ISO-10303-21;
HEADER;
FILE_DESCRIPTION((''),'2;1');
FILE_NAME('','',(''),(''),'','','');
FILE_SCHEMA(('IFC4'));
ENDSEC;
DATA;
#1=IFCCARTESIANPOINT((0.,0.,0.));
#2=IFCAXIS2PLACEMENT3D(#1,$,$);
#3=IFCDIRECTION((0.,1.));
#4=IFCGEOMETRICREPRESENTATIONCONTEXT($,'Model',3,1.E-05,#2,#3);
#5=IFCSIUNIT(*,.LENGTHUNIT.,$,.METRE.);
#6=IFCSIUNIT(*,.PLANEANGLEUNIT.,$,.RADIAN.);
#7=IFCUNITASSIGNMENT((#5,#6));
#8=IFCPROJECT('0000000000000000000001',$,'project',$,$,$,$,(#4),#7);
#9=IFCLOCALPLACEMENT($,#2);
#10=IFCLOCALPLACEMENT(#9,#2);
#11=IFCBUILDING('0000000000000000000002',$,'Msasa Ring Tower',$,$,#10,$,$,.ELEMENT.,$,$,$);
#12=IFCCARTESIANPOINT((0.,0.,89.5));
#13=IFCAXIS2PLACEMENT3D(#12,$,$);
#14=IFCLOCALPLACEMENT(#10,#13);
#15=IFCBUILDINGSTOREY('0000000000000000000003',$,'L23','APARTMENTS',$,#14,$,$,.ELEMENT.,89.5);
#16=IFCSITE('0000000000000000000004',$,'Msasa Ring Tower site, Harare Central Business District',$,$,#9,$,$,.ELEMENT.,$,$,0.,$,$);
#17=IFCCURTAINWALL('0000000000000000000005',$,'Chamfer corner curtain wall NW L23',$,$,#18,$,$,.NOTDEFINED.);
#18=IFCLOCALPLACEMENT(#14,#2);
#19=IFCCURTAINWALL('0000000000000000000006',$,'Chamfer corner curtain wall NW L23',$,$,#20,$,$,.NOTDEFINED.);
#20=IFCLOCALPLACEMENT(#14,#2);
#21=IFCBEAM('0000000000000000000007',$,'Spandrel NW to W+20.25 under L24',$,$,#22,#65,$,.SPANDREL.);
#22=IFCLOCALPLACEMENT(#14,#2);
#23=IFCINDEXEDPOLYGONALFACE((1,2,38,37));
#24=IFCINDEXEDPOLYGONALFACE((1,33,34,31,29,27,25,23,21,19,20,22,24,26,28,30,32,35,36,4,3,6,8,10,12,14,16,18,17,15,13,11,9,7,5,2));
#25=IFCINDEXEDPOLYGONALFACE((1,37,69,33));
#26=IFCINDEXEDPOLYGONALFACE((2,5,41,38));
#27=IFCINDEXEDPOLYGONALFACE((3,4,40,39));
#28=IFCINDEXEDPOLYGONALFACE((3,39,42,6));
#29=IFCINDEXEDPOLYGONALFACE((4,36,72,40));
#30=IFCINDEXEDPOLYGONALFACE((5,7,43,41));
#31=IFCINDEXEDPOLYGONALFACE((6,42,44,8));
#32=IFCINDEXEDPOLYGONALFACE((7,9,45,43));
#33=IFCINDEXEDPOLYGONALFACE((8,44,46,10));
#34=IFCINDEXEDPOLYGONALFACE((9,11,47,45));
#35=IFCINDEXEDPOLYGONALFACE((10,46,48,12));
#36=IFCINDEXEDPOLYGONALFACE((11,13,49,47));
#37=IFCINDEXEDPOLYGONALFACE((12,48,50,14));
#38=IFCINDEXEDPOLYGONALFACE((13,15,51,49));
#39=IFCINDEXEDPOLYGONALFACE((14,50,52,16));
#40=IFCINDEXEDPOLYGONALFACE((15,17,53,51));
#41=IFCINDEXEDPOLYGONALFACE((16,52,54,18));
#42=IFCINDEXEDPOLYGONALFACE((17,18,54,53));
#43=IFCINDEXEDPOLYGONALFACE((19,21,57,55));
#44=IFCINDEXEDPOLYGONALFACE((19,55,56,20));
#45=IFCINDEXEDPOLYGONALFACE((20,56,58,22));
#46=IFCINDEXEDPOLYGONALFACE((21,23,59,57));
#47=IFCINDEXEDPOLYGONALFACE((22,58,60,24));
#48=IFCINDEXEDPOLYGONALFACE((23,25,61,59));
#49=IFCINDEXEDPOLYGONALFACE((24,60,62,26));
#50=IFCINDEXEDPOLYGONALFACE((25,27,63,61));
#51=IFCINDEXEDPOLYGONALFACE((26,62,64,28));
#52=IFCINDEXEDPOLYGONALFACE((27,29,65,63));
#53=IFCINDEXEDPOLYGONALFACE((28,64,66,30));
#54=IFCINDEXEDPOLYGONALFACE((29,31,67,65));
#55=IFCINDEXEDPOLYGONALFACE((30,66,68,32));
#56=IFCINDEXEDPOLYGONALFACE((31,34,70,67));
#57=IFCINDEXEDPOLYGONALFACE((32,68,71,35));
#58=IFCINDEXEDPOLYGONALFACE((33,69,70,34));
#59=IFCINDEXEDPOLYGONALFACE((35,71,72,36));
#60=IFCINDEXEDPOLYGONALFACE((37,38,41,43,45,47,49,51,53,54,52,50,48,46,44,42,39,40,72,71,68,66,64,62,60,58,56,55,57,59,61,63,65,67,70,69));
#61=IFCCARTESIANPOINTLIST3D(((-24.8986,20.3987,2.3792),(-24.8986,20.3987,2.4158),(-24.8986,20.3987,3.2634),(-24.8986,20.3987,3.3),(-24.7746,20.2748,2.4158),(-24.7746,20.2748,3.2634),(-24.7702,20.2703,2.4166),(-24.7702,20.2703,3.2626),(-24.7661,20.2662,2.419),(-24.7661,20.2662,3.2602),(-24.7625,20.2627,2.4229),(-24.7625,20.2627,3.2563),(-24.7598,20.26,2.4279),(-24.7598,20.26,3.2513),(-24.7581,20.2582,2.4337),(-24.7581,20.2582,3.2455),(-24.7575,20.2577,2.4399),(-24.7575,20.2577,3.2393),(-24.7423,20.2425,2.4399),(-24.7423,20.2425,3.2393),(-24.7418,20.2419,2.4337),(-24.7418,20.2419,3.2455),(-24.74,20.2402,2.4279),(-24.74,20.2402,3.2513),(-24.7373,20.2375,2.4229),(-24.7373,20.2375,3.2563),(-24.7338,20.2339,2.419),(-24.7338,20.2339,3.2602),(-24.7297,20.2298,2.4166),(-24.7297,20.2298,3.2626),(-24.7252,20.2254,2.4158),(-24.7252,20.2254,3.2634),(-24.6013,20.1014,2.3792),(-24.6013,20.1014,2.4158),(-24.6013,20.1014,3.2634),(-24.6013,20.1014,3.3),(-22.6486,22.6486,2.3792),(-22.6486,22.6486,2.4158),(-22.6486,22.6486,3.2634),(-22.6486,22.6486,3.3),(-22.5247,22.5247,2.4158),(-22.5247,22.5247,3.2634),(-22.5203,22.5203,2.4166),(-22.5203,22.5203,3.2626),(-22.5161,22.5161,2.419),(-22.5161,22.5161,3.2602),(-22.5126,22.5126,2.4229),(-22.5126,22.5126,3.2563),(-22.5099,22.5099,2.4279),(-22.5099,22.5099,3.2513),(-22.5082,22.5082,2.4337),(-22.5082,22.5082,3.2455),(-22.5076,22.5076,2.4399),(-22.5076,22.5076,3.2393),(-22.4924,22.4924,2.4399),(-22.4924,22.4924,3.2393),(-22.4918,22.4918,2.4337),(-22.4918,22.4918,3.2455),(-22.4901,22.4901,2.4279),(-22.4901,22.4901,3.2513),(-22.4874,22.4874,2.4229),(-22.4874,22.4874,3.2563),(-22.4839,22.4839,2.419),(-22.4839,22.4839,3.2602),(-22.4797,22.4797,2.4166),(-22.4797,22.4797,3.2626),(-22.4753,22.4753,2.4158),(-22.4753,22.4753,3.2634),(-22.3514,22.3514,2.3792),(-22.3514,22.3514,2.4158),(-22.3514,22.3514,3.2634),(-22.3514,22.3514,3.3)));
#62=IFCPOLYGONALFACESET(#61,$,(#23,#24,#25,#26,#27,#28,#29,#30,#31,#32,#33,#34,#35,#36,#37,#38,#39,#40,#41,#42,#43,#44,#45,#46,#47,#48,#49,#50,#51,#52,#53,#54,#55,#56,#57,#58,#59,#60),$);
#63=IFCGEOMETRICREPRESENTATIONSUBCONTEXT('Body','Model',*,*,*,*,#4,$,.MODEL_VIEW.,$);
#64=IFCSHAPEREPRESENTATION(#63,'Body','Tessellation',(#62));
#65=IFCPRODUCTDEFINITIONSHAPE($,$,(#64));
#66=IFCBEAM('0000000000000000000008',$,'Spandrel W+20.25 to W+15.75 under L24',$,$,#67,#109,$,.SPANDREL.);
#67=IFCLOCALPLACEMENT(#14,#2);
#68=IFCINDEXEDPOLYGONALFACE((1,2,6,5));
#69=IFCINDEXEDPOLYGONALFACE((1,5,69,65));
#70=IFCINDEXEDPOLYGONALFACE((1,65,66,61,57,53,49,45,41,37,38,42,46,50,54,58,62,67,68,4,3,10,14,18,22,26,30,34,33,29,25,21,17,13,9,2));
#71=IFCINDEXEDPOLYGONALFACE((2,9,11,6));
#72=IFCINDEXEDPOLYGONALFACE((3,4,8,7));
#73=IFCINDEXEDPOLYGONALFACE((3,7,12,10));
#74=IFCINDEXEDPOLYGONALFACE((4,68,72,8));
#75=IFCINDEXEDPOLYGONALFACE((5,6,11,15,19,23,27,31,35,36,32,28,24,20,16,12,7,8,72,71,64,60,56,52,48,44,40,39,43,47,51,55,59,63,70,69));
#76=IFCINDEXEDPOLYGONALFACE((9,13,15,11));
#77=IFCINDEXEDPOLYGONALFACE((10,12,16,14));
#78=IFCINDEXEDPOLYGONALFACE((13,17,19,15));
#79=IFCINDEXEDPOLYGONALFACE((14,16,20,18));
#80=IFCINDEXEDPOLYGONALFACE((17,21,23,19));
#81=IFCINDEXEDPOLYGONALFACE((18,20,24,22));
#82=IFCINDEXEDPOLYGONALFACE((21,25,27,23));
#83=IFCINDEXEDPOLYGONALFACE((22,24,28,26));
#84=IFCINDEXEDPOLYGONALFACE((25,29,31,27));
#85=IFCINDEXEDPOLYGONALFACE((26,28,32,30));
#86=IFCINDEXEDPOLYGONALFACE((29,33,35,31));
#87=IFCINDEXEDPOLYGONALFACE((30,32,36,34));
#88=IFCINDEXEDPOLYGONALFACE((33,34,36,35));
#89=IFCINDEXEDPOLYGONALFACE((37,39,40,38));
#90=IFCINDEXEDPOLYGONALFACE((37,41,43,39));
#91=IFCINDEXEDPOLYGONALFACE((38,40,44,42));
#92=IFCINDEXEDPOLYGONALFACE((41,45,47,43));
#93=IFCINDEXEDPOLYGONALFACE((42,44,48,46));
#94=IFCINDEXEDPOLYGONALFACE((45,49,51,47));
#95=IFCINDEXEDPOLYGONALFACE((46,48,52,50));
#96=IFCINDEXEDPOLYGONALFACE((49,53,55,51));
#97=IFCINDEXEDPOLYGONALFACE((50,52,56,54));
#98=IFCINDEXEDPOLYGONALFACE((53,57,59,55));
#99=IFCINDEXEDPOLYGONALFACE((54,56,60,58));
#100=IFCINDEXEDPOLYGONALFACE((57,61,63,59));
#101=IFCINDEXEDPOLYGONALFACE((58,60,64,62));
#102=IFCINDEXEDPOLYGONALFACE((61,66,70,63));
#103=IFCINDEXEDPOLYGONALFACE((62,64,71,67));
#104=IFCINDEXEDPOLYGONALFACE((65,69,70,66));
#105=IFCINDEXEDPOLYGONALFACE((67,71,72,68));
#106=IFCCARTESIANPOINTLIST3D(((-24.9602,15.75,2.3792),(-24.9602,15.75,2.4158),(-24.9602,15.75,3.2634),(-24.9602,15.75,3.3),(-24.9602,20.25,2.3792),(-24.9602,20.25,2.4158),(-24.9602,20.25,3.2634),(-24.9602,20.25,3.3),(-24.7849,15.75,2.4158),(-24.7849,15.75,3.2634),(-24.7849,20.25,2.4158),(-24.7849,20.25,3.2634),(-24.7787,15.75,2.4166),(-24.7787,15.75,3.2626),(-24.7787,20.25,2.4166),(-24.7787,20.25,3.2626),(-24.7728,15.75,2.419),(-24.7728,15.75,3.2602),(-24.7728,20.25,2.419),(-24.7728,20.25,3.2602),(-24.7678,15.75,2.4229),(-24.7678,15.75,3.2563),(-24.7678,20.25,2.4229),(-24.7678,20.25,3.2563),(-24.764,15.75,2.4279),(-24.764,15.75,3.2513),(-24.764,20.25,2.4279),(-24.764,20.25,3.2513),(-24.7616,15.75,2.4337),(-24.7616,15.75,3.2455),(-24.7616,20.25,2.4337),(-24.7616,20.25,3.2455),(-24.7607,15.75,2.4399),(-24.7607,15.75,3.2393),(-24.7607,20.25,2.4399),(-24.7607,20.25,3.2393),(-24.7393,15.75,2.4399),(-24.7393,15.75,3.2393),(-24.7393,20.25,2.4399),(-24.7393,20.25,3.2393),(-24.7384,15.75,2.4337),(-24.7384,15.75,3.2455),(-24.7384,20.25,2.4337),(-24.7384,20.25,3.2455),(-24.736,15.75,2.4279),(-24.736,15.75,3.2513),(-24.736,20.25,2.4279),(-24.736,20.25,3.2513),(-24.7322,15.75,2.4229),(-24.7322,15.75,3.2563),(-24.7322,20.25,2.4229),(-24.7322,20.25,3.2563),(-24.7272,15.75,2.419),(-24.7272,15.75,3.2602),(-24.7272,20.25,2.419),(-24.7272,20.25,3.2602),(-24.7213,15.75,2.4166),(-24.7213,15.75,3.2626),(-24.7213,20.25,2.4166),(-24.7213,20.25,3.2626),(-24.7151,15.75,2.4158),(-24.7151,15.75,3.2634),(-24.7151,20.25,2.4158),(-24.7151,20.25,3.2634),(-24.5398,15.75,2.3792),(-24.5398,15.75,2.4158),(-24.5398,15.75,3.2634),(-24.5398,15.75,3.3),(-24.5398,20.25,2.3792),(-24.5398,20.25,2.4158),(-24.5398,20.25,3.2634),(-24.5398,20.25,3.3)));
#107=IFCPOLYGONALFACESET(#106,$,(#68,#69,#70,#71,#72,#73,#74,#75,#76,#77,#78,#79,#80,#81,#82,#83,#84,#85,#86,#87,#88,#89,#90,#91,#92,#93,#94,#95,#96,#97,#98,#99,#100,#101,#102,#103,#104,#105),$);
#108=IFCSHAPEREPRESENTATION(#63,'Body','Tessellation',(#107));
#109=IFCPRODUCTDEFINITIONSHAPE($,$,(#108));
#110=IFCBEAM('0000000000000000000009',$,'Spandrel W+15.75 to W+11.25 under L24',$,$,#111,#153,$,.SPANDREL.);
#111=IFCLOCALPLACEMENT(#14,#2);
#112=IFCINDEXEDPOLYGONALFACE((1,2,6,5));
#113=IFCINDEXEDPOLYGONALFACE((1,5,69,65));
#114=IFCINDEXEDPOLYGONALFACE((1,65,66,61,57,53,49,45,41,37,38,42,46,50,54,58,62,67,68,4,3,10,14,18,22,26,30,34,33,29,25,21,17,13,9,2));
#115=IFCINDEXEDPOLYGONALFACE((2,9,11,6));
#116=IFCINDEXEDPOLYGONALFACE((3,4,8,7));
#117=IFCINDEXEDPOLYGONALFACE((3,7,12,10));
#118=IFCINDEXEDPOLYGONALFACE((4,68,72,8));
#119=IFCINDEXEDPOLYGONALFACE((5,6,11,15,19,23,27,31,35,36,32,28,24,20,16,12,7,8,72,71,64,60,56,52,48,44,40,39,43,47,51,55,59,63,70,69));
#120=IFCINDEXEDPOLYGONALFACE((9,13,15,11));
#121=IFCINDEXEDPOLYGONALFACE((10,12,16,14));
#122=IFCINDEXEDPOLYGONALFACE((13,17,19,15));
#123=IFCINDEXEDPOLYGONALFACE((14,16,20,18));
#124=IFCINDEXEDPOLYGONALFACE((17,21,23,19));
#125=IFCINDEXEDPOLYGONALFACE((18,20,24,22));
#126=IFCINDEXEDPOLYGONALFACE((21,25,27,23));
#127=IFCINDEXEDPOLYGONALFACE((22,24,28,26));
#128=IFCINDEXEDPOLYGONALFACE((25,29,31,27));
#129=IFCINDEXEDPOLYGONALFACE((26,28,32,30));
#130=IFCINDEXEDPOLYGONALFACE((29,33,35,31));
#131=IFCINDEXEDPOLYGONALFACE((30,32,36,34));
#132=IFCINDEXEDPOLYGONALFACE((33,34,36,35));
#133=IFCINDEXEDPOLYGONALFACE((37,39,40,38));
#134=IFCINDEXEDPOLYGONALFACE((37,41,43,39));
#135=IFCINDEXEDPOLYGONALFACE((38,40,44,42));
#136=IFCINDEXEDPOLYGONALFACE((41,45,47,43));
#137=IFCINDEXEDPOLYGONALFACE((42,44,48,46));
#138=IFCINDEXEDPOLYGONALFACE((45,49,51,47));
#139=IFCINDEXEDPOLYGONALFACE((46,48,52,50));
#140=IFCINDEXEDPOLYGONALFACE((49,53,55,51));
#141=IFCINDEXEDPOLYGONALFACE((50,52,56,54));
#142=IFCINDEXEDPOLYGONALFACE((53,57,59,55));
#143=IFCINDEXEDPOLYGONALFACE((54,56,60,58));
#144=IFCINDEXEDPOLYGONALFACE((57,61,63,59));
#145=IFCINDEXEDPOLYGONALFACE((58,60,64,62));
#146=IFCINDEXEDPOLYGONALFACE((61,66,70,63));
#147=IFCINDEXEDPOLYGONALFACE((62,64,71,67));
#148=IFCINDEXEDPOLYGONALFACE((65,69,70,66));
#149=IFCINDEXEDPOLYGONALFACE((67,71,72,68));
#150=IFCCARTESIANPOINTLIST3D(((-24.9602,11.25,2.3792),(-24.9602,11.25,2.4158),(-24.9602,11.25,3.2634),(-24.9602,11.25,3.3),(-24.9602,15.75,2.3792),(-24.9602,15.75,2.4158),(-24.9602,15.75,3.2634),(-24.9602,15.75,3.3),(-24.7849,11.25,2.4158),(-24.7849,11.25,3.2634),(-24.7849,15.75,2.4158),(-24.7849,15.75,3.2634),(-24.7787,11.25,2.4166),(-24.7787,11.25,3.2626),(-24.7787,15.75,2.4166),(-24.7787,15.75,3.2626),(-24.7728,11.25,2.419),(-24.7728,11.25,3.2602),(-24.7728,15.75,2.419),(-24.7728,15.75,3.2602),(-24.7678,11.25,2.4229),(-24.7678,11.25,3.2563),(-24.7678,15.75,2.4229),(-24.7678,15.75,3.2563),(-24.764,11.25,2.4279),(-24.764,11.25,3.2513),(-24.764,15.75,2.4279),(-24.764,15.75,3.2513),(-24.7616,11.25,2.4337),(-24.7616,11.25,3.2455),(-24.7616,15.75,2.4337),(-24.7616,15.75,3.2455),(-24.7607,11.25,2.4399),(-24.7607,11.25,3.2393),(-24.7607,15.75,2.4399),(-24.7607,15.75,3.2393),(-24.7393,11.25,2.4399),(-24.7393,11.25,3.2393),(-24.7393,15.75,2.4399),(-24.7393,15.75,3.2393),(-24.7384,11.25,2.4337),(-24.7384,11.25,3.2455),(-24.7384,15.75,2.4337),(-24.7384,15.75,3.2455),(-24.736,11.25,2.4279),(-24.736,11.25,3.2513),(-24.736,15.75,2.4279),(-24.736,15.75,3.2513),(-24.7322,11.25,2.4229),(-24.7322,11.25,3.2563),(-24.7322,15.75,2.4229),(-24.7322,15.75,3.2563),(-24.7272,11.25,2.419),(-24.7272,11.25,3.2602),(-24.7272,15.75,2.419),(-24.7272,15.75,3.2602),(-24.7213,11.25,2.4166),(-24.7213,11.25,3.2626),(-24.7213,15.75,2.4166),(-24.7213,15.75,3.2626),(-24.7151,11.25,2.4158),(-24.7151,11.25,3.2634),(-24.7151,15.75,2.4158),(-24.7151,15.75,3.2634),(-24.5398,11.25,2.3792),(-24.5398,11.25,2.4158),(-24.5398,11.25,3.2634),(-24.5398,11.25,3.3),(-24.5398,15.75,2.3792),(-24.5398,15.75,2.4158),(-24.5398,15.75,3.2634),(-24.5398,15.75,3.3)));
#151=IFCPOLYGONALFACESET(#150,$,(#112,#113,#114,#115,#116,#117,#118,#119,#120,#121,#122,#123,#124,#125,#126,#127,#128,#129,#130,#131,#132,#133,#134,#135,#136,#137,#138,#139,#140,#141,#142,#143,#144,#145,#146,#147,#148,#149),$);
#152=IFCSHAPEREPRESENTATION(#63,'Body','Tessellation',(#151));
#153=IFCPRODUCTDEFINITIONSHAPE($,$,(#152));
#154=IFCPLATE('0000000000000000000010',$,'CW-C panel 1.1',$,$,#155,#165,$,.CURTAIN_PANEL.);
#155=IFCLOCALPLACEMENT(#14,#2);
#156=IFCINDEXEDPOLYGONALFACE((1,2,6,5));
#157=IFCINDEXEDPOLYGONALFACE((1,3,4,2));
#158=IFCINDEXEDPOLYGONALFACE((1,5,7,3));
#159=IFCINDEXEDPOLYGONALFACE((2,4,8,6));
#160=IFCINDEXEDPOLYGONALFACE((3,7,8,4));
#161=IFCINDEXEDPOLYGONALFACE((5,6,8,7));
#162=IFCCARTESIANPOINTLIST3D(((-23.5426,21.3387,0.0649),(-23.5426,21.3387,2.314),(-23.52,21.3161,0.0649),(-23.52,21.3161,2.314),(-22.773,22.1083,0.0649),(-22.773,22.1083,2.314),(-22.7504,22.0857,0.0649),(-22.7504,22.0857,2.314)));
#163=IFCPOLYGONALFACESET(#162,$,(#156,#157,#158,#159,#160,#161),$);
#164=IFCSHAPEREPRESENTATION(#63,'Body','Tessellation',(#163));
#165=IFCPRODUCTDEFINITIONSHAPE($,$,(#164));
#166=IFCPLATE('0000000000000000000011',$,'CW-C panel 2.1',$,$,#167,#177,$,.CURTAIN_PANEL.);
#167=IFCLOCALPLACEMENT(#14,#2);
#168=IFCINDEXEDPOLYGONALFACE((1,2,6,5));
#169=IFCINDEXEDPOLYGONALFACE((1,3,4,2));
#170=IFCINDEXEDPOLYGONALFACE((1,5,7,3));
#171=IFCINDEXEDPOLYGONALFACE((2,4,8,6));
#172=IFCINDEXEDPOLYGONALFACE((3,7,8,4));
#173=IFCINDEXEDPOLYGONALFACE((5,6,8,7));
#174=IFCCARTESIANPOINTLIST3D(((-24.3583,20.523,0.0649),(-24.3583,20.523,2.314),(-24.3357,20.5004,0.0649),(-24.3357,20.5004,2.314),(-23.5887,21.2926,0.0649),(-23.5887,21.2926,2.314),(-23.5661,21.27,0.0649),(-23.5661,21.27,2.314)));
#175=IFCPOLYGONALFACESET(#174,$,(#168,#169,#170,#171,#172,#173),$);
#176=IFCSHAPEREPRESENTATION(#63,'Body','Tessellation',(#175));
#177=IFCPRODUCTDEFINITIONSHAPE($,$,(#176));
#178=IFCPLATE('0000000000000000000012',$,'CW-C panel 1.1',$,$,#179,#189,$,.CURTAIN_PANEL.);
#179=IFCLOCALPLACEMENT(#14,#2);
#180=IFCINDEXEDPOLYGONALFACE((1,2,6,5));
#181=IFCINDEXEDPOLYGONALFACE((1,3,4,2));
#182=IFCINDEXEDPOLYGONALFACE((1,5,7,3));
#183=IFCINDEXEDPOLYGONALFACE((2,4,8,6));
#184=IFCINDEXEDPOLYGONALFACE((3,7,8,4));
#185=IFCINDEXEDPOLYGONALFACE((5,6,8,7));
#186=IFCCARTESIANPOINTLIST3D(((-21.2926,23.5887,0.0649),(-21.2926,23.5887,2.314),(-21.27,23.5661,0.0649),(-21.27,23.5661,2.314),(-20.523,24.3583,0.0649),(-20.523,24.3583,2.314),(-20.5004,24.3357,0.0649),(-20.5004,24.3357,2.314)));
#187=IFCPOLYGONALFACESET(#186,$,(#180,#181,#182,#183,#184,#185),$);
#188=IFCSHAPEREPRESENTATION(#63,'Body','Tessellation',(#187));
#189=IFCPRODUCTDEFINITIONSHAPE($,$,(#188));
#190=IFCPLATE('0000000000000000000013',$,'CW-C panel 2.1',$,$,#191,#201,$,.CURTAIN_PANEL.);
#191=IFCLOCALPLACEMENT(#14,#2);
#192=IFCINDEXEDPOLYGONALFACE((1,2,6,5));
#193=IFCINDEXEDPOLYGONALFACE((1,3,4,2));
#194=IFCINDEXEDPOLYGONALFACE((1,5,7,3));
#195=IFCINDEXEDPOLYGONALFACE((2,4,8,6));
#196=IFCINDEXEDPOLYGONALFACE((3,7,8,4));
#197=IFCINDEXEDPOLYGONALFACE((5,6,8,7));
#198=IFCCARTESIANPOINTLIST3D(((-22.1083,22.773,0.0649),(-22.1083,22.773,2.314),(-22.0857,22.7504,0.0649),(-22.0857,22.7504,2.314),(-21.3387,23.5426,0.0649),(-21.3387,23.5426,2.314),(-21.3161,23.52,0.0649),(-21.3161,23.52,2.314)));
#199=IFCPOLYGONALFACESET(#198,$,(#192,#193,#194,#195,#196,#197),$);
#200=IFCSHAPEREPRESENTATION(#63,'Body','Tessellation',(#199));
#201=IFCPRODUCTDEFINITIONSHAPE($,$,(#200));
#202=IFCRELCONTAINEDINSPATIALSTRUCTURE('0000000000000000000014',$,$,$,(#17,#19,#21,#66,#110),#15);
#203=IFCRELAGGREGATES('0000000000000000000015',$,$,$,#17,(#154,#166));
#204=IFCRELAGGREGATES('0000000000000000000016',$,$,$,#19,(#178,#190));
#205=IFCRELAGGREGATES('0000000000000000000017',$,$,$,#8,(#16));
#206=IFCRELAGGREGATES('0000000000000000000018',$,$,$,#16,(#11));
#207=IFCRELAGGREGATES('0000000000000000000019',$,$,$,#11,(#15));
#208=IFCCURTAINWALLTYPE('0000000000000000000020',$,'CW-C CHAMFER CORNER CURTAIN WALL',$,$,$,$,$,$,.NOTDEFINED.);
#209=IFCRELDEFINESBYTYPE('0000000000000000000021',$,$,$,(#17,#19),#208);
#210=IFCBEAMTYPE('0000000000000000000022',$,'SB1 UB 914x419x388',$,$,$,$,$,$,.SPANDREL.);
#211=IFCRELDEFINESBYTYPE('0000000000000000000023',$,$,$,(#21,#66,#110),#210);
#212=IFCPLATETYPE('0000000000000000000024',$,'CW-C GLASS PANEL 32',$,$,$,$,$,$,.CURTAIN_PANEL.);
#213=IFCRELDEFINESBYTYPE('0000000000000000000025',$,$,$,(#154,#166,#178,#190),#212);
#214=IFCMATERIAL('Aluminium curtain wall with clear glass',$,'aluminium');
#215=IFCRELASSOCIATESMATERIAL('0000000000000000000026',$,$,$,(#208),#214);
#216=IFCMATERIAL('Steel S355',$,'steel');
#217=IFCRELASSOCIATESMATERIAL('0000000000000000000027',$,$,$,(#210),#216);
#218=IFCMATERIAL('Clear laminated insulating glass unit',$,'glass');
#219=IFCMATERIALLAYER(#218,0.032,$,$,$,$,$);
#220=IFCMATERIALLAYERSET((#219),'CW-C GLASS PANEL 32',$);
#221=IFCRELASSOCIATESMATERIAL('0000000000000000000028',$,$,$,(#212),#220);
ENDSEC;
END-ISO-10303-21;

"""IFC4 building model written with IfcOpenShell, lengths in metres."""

from ifc_helpers import new_model, si_unit, direction, frame, origin, origin_2d, place, context, subcontext, project, spatial, rectangle, i_section, extrude, material, layer, layer_set, material_profile, profile_set, type_object, element, aggregate, save


model = new_model("IFC4")

# Units and contexts
model_context = context("Model", 3, precision=1e-05, world=origin(), true_north=direction((0.0, 1.0)))
body_context = subcontext(model_context, "Body", "Model", "MODEL_VIEW")
ifc_project = project(units=[si_unit("LENGTHUNIT", "METRE"), si_unit("PLANEANGLEUNIT", "RADIAN")], contexts=[model_context])

# Site, building, storey
site_placement = place(None, origin())
site = spatial("IfcSite", under=ifc_project, at=site_placement, Name="Msasa Ring Tower site, Harare Central Business District", CompositionType="ELEMENT", RefElevation=0.0)
building_placement = place(site_placement, origin())
building = spatial("IfcBuilding", under=site, at=building_placement, Name="Msasa Ring Tower", CompositionType="ELEMENT")
storey_placement = place(building_placement, frame((0.0, 0.0, 89.5)))
storey = spatial("IfcBuildingStorey", under=building, at=storey_placement, Name="L23", Description="APARTMENTS", CompositionType="ELEMENT", Elevation=89.5)

# Curtain walls
ifc_material_1 = material(Name="Aluminium curtain wall with clear glass", Category="aluminium")
curtain_wall_type = type_object("IfcCurtainWallType", Name="CW-C CHAMFER CORNER CURTAIN WALL", PredefinedType="NOTDEFINED", material=ifc_material_1)
curtain_wall_1_placement = place(storey_placement, origin())
curtain_wall_1 = element("IfcCurtainWall", 1, at=curtain_wall_1_placement, inside=storey, type_object=curtain_wall_type, Name="Chamfer corner curtain wall NW L23", PredefinedType="NOTDEFINED")
curtain_wall_2_placement = place(storey_placement, origin())
curtain_wall_2 = element("IfcCurtainWall", 2, at=curtain_wall_2_placement, inside=storey, type_object=curtain_wall_type, Name="Chamfer corner curtain wall NW L23", PredefinedType="NOTDEFINED")

# Beams
ifc_material_2 = material(Name="Steel S355", Category="steel")
ifc_material_profile_1 = material_profile(ifc_material_2, i_section(OverallWidth=0.4204, OverallDepth=0.9209, WebThickness=0.0215, FlangeThickness=0.0366, FilletRadius=0.0242, at=origin_2d()), Name="UB 914x419x388")
ifc_profile_set_1 = profile_set([ifc_material_profile_1], Name="Steel S355")
beam_type_1 = type_object("IfcBeamType", Name="SB1 UB 914x419x388", PredefinedType="SPANDREL", material=ifc_profile_set_1)
for number, where, z_axis, x_axis, name in (
    (3, (-22.5, 22.5, 2.8396), (-0.707107, -0.707107, 0.0), (0.707107, -0.707107, 0.0), "Spandrel NW to W+20.25 under L24"),
):
    element("IfcBeam", number, at=place(storey_placement, frame(where, z_axis=z_axis, x_axis=x_axis)), inside=storey, type_object=beam_type_1, Name=name, PredefinedType="SPANDREL", context=body_context, shape_type="SweptSolid", body=[
        extrude(i_section(OverallWidth=0.4204, OverallDepth=0.9209, WebThickness=0.0215, FlangeThickness=0.0366, FilletRadius=0.0242, at=origin_2d()), origin(), (0.0, 0.0, 1.0), 3.1819),
    ])
for number, where, z_axis, x_axis, name in (
    (4, (-24.75, 20.25, 2.8396), (0.0, -1.0, 0.0), (1.0, 0.0, 0.0), "Spandrel W+20.25 to W+15.75 under L24"),
    (5, (-24.75, 15.75, 2.8396), (0.0, -1.0, 0.0), (1.0, 0.0, 0.0), "Spandrel W+15.75 to W+11.25 under L24"),
):
    element("IfcBeam", number, at=place(storey_placement, frame(where, z_axis=z_axis, x_axis=x_axis)), inside=storey, type_object=beam_type_1, Name=name, PredefinedType="SPANDREL", context=body_context, shape_type="SweptSolid", body=[
        extrude(i_section(OverallWidth=0.4204, OverallDepth=0.9209, WebThickness=0.0215, FlangeThickness=0.0366, FilletRadius=0.0242, at=origin_2d()), origin(), (0.0, 0.0, 1.0), 4.5),
    ])

# Plates
ifc_material_3 = material(Name="Clear laminated insulating glass unit", Category="glass")
ifc_layer_1 = layer(ifc_material_3, 0.032)
ifc_layer_set_1 = layer_set([ifc_layer_1], Name="CW-C GLASS PANEL 32")
plate_type = type_object("IfcPlateType", Name="CW-C GLASS PANEL 32", PredefinedType="CURTAIN_PANEL", material=ifc_layer_set_1)
plate_1_placement = place(storey_placement, frame((-23.1465, 21.7122, 0.0649), z_axis=(0.0, 0.0, 1.0), x_axis=(-0.707107, -0.707107, 0.0)))
plate_1 = element("IfcPlate", 6, at=plate_1_placement, type_object=plate_type, Name="CW-C panel 1.1", PredefinedType="CURTAIN_PANEL", context=body_context, shape_type="SweptSolid", body=[
    extrude(rectangle(XDim=1.0884, YDim=0.032, at=origin_2d()), origin(), (0.0, 0.0, 1.0), 2.249),
])
plate_2_placement = place(storey_placement, frame((-23.9622, 20.8965, 0.0649), z_axis=(0.0, 0.0, 1.0), x_axis=(-0.707107, -0.707107, 0.0)))
plate_2 = element("IfcPlate", 7, at=plate_2_placement, type_object=plate_type, Name="CW-C panel 2.1", PredefinedType="CURTAIN_PANEL", context=body_context, shape_type="SweptSolid", body=[
    extrude(rectangle(XDim=1.0884, YDim=0.032, at=origin_2d()), origin(), (0.0, 0.0, 1.0), 2.249),
])
aggregate(curtain_wall_1, [plate_1, plate_2])
plate_3_placement = place(storey_placement, frame((-20.8965, 23.9622, 0.0649), z_axis=(0.0, 0.0, 1.0), x_axis=(-0.707107, -0.707107, 0.0)))
plate_3 = element("IfcPlate", 8, at=plate_3_placement, type_object=plate_type, Name="CW-C panel 1.1", PredefinedType="CURTAIN_PANEL", context=body_context, shape_type="SweptSolid", body=[
    extrude(rectangle(XDim=1.0884, YDim=0.032, at=origin_2d()), origin(), (0.0, 0.0, 1.0), 2.249),
])
plate_4_placement = place(storey_placement, frame((-21.7122, 23.1465, 0.0649), z_axis=(0.0, 0.0, 1.0), x_axis=(-0.707107, -0.707107, 0.0)))
plate_4 = element("IfcPlate", 9, at=plate_4_placement, type_object=plate_type, Name="CW-C panel 2.1", PredefinedType="CURTAIN_PANEL", context=body_context, shape_type="SweptSolid", body=[
    extrude(rectangle(XDim=1.0884, YDim=0.032, at=origin_2d()), origin(), (0.0, 0.0, 1.0), 2.249),
])
aggregate(curtain_wall_2, [plate_3, plate_4])

save(model, "model.ifc")
